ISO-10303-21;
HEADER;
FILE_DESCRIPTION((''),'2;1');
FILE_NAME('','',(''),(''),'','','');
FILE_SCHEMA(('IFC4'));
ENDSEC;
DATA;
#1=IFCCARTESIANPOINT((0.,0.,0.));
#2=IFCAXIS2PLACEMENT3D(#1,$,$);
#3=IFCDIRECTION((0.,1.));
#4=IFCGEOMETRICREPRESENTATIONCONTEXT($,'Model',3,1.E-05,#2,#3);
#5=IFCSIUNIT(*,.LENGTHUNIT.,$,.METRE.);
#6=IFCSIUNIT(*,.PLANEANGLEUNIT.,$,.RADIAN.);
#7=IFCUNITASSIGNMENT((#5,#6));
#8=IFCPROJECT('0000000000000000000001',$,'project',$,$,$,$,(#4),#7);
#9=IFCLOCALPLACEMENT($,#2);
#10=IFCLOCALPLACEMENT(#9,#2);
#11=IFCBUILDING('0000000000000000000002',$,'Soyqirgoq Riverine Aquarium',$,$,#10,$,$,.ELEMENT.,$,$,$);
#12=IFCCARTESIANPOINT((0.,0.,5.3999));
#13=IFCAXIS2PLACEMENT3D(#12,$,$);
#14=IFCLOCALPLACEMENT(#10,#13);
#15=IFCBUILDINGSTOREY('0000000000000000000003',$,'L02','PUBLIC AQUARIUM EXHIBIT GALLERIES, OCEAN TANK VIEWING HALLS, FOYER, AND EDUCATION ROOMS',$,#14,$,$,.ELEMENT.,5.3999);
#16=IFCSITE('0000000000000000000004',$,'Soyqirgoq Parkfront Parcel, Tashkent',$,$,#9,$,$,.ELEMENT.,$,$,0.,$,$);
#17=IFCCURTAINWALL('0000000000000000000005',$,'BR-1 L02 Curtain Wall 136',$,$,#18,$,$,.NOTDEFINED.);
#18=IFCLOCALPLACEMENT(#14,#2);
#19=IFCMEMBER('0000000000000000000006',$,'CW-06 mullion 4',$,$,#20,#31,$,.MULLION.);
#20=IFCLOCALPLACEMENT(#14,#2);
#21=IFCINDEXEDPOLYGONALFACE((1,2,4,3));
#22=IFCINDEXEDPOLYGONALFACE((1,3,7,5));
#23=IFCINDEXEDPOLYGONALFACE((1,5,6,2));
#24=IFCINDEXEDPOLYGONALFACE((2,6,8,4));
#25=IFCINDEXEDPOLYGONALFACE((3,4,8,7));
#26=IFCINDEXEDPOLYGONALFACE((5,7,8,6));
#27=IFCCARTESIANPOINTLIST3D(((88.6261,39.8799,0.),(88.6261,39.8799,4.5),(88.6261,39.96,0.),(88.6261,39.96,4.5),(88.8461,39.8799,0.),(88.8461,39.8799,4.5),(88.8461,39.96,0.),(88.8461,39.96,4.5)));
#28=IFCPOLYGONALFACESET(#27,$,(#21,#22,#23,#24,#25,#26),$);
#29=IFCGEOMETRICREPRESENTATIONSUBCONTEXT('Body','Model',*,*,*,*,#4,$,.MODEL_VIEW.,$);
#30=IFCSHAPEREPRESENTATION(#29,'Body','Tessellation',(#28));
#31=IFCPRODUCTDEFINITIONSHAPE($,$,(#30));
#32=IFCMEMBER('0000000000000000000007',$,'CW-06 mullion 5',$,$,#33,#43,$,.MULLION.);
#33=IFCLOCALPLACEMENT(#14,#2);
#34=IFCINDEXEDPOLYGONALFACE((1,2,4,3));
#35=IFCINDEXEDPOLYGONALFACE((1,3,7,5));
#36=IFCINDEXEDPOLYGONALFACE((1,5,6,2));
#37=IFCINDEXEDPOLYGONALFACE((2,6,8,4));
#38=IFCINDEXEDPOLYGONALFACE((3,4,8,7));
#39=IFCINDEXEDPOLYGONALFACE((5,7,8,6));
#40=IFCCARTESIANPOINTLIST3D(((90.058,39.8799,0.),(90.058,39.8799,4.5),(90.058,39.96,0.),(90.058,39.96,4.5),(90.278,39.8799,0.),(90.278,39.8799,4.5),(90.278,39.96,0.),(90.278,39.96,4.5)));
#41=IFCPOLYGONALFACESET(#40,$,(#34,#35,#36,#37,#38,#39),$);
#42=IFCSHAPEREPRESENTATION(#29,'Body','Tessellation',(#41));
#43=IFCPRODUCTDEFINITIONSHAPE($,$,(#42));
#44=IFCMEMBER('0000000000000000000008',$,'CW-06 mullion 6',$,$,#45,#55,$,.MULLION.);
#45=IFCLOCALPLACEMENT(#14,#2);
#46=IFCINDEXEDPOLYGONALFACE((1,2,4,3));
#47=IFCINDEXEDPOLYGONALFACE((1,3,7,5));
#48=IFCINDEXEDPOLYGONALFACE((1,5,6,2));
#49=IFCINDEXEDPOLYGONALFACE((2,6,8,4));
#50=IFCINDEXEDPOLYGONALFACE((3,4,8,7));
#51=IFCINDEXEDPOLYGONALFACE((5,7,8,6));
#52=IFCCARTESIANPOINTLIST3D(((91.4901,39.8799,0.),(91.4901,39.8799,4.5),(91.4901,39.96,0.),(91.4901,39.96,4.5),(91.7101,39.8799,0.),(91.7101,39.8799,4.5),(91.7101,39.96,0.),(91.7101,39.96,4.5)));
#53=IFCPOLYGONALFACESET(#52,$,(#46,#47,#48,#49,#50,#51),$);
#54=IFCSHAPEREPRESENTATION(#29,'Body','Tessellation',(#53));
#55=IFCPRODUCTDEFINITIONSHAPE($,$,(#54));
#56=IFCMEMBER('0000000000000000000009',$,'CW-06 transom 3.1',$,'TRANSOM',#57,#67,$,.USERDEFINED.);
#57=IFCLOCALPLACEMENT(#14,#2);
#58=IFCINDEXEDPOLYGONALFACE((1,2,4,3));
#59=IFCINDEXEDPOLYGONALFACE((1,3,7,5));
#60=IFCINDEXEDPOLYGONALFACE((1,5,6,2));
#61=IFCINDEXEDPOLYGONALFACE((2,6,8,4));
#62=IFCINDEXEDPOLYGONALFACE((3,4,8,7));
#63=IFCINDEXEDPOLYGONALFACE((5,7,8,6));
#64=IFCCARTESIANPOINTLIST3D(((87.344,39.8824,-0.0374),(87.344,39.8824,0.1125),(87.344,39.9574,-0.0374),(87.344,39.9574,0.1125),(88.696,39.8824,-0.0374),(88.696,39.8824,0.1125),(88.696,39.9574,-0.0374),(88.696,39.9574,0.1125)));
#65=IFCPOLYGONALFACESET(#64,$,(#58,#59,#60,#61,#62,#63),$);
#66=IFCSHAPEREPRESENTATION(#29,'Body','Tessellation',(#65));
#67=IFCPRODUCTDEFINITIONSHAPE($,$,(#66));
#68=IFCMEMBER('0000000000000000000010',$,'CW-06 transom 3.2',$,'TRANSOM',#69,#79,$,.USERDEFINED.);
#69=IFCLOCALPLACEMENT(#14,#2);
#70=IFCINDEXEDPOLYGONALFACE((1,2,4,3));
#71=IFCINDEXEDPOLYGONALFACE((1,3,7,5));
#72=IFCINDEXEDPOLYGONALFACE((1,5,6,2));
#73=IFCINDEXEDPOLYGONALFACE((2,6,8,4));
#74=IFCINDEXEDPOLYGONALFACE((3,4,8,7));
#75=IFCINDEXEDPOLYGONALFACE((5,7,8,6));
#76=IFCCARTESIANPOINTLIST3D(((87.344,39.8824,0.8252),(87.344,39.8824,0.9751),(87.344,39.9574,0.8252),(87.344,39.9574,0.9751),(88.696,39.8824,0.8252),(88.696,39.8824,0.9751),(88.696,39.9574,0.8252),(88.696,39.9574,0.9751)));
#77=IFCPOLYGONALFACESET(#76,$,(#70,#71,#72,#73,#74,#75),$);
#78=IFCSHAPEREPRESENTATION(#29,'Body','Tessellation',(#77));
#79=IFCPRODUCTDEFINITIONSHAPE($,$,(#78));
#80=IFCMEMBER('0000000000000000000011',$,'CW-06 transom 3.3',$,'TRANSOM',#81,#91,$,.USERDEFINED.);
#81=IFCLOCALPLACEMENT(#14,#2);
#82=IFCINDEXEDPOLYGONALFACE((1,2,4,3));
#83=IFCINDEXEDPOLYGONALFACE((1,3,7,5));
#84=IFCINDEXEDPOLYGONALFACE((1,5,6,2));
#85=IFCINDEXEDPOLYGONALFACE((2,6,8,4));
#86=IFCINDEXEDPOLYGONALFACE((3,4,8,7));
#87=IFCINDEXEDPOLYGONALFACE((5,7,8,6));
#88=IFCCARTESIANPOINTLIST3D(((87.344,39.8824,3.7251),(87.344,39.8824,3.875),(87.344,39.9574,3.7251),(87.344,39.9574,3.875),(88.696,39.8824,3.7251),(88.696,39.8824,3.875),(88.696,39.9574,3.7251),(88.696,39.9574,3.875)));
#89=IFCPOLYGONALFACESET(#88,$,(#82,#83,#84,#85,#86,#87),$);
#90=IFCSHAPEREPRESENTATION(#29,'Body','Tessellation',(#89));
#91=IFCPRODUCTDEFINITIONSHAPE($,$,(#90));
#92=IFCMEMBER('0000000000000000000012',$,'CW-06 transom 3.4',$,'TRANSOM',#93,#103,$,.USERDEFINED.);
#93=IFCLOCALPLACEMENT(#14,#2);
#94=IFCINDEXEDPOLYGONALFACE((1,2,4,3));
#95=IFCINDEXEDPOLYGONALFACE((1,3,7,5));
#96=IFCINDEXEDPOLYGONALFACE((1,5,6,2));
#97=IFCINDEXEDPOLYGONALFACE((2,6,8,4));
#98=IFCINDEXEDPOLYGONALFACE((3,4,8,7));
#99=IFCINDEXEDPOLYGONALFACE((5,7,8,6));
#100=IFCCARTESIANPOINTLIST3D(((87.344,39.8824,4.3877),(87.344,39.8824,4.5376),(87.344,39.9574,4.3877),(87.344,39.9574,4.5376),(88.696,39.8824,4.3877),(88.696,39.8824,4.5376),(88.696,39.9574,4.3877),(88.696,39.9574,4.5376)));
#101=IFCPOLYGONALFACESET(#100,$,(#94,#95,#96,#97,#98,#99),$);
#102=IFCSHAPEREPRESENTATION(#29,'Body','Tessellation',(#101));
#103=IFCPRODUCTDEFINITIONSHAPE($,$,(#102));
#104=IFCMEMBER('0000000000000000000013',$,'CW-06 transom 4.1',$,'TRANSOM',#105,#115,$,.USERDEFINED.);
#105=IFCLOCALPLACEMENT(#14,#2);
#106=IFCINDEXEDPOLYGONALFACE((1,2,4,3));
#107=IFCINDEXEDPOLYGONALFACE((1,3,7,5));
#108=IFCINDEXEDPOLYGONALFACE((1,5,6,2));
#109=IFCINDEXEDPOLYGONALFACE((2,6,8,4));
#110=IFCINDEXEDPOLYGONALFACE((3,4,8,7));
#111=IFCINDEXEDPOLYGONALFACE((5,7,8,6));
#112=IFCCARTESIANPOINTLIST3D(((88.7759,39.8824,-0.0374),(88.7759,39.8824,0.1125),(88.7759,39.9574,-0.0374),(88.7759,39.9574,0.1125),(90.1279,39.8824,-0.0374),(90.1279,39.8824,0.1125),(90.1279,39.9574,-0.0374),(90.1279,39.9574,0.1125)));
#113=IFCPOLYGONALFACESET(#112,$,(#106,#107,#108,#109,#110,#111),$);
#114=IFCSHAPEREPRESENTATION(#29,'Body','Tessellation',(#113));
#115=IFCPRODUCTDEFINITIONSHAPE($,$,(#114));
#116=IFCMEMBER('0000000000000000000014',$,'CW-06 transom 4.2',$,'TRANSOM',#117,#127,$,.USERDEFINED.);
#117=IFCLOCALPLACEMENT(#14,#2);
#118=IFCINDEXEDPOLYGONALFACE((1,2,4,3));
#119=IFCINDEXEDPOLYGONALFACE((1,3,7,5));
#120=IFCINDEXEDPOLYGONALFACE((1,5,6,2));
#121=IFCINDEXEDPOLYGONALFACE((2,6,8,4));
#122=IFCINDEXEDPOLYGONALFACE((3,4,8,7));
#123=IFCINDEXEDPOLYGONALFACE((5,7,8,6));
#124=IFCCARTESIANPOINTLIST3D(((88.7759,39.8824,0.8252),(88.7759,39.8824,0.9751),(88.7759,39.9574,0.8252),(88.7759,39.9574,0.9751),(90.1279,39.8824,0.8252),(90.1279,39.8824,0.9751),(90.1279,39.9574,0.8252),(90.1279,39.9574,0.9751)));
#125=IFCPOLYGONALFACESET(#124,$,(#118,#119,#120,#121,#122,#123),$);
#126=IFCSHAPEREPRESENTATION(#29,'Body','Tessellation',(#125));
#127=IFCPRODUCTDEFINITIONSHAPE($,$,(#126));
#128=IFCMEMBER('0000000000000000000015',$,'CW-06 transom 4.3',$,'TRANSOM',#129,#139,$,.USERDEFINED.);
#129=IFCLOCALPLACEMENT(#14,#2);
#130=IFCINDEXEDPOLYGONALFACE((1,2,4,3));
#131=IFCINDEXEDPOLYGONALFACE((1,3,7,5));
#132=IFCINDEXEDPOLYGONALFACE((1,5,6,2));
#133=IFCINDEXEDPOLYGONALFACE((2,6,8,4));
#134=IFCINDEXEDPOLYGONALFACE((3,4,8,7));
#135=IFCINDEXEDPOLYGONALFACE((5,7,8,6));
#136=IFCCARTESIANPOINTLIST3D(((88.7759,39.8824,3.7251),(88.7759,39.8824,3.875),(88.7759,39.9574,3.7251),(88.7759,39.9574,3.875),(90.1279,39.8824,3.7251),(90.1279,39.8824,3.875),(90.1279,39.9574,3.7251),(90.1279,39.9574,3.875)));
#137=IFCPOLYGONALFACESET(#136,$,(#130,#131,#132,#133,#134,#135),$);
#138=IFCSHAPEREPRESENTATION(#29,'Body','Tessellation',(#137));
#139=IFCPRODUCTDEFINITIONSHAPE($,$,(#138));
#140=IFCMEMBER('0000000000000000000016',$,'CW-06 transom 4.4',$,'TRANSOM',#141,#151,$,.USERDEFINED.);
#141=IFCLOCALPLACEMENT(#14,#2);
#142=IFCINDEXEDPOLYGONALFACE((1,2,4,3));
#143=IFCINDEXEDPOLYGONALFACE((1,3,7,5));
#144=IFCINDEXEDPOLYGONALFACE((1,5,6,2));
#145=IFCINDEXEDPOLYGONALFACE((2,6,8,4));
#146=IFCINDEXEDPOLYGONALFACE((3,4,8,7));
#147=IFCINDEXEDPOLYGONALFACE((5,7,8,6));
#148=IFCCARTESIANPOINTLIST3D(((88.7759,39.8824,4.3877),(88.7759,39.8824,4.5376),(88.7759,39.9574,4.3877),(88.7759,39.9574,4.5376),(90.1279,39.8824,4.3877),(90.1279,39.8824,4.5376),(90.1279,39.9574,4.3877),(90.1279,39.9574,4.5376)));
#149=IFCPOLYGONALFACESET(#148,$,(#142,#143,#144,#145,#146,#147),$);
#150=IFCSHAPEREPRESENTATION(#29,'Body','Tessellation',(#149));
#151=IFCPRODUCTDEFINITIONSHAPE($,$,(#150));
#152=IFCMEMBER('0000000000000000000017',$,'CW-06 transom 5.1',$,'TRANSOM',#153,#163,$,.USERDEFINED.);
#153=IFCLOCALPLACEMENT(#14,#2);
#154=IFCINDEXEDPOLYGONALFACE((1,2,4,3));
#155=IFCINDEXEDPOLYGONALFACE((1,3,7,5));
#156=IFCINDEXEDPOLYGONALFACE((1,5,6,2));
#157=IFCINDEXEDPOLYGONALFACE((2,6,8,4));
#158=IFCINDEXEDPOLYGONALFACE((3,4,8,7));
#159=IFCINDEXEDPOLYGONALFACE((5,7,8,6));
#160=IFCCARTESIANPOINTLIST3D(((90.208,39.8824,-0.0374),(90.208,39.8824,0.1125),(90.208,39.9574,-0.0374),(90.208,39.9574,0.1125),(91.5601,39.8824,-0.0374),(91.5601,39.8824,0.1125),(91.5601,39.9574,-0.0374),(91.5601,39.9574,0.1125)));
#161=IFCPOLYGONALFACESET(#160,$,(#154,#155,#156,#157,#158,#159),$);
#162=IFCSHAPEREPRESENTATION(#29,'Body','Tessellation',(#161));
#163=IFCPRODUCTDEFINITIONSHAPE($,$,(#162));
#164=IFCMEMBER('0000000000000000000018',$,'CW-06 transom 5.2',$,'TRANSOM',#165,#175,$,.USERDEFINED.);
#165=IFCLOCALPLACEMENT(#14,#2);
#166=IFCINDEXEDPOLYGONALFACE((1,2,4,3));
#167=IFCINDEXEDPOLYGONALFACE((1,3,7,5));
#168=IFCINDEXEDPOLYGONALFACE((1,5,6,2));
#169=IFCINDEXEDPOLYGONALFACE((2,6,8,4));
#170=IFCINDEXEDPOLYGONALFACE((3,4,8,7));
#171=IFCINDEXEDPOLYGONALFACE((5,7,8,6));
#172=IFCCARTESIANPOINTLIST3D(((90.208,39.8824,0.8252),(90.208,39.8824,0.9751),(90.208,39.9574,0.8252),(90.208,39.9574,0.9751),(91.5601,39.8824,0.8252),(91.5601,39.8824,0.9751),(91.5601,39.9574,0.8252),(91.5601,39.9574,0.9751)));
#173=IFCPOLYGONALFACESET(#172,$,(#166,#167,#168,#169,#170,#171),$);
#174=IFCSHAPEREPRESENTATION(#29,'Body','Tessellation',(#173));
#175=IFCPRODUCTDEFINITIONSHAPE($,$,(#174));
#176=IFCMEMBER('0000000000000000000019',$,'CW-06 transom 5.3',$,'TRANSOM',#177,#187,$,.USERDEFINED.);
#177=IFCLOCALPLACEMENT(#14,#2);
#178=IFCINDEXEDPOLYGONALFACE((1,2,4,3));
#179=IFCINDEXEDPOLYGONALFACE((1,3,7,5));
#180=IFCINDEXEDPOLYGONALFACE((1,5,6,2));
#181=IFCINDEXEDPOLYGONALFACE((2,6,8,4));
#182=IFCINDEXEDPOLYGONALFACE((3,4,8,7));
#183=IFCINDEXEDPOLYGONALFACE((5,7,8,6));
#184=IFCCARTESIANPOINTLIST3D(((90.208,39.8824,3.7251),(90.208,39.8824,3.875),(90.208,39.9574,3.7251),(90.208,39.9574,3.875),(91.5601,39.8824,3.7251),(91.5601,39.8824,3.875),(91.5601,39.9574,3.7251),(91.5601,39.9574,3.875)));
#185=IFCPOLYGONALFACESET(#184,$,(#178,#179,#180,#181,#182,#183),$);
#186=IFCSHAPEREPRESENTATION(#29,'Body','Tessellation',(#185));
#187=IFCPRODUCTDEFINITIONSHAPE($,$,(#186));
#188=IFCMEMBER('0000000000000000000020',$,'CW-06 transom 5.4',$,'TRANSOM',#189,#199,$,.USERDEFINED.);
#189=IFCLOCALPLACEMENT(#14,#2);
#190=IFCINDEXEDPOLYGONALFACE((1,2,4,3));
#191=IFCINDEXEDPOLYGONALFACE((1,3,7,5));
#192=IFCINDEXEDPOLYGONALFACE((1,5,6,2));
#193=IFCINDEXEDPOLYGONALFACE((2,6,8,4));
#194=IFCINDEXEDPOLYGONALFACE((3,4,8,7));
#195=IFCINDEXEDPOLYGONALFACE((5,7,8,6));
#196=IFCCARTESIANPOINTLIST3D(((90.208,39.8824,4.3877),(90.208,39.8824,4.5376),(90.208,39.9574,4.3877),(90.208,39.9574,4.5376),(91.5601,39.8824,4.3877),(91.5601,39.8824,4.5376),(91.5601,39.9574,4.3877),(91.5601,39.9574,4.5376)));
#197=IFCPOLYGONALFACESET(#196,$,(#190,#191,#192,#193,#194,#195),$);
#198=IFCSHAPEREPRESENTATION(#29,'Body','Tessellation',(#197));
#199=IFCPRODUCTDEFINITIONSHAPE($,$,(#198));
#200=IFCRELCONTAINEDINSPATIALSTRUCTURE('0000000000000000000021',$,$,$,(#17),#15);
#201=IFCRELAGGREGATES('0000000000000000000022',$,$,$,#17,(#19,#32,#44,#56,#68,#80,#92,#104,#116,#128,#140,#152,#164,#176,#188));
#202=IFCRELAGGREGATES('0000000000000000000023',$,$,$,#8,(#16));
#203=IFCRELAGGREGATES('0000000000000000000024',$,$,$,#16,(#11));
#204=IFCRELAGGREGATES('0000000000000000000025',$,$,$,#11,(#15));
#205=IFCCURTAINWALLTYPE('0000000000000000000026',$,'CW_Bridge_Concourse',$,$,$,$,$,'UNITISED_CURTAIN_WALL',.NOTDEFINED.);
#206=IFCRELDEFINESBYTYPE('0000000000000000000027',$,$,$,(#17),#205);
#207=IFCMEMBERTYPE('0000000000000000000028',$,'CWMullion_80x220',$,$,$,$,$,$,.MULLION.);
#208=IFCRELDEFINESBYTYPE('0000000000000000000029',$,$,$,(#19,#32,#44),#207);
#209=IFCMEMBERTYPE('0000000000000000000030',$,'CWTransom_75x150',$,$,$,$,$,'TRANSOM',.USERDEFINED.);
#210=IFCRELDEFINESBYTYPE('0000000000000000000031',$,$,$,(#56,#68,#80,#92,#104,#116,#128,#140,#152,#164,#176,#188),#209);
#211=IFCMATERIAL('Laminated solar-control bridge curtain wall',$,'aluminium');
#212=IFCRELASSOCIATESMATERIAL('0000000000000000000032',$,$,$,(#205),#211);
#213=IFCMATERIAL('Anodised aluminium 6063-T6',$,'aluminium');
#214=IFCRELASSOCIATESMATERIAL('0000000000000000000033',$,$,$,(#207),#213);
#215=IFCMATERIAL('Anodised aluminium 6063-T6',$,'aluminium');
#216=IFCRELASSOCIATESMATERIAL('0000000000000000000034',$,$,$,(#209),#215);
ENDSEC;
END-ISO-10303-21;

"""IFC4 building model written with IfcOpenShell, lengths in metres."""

from ifc_helpers import new_model, si_unit, direction, frame, origin, origin_2d, place, context, subcontext, project, spatial, rectangle, extrude, material, material_profile, profile_set, type_object, element, aggregate, save


model = new_model("IFC4")

# Units and contexts
model_context = context("Model", 3, precision=1e-05, world=origin(), true_north=direction((0.0, 1.0)))
body_context = subcontext(model_context, "Body", "Model", "MODEL_VIEW")
ifc_project = project(units=[si_unit("LENGTHUNIT", "METRE"), si_unit("PLANEANGLEUNIT", "RADIAN")], contexts=[model_context])

# Site, building, storey
site_placement = place(None, origin())
site = spatial("IfcSite", under=ifc_project, at=site_placement, Name="Soyqirgoq Parkfront Parcel, Tashkent", CompositionType="ELEMENT", RefElevation=0.0)
building_placement = place(site_placement, origin())
building = spatial("IfcBuilding", under=site, at=building_placement, Name="Soyqirgoq Riverine Aquarium", CompositionType="ELEMENT")
storey_placement = place(building_placement, frame((0.0, 0.0, 5.3999)))
storey = spatial("IfcBuildingStorey", under=building, at=storey_placement, Name="L02", Description="PUBLIC AQUARIUM EXHIBIT GALLERIES, OCEAN TANK VIEWING HALLS, FOYER, AND EDUCATION ROOMS", CompositionType="ELEMENT", Elevation=5.3999)

# Curtain wall, members
ifc_material_1 = material(Name="Laminated solar-control bridge curtain wall", Category="aluminium")
curtain_wall_type = type_object("IfcCurtainWallType", Name="CW_Bridge_Concourse", ElementType="UNITISED_CURTAIN_WALL", PredefinedType="NOTDEFINED", material=ifc_material_1)
curtain_wall_placement = place(storey_placement, origin())
curtain_wall = element("IfcCurtainWall", 1, at=curtain_wall_placement, inside=storey, type_object=curtain_wall_type, Name="BR-1 L02 Curtain Wall 136", PredefinedType="NOTDEFINED")
ifc_material_2 = material(Name="Anodised aluminium 6063-T6", Category="aluminium")
ifc_material_profile_1 = material_profile(ifc_material_2, rectangle(XDim=0.0801, YDim=0.22, at=origin_2d()), Name="ALU-M 80x220")
ifc_profile_set_1 = profile_set([ifc_material_profile_1], Name="Anodised aluminium 6063-T6")
member_type_1 = type_object("IfcMemberType", Name="CWMullion_80x220", PredefinedType="MULLION", material=ifc_profile_set_1)
member_1_placement = place(storey_placement, frame((88.7361, 39.9199, 0.0), z_axis=(0.0, 0.0, 1.0), x_axis=(0.0, 1.0, 0.0)))
member_1 = element("IfcMember", 2, at=member_1_placement, type_object=member_type_1, Name="CW-06 mullion 4", PredefinedType="MULLION", context=body_context, shape_type="SweptSolid", body=[
    extrude(rectangle(XDim=0.0801, YDim=0.22, at=origin_2d()), origin(), (0.0, 0.0, 1.0), 4.5),
])
member_2_placement = place(storey_placement, frame((90.168, 39.9199, 0.0), z_axis=(0.0, 0.0, 1.0), x_axis=(0.0, 1.0, 0.0)))
member_2 = element("IfcMember", 3, at=member_2_placement, type_object=member_type_1, Name="CW-06 mullion 5", PredefinedType="MULLION", context=body_context, shape_type="SweptSolid", body=[
    extrude(rectangle(XDim=0.0801, YDim=0.22, at=origin_2d()), origin(), (0.0, 0.0, 1.0), 4.5),
])
member_3_placement = place(storey_placement, frame((91.6001, 39.9199, 0.0), z_axis=(0.0, 0.0, 1.0), x_axis=(0.0, 1.0, 0.0)))
member_3 = element("IfcMember", 4, at=member_3_placement, type_object=member_type_1, Name="CW-06 mullion 6", PredefinedType="MULLION", context=body_context, shape_type="SweptSolid", body=[
    extrude(rectangle(XDim=0.0801, YDim=0.22, at=origin_2d()), origin(), (0.0, 0.0, 1.0), 4.5),
])
ifc_material_3 = material(Name="Anodised aluminium 6063-T6", Category="aluminium")
ifc_material_profile_2 = material_profile(ifc_material_3, rectangle(XDim=0.075, YDim=0.1499, at=origin_2d()), Name="ALU-T 75x150")
ifc_profile_set_2 = profile_set([ifc_material_profile_2], Name="Anodised aluminium 6063-T6")
member_type_2 = type_object("IfcMemberType", Name="CWTransom_75x150", ElementType="TRANSOM", PredefinedType="USERDEFINED", material=ifc_profile_set_2)
member_4_placement = place(storey_placement, frame((87.344, 39.9199, 0.0376), z_axis=(1.0, 0.0, 0.0), x_axis=(0.0, 1.0, 0.0)))
member_4 = element("IfcMember", 5, at=member_4_placement, type_object=member_type_2, Name="CW-06 transom 3.1", ObjectType="TRANSOM", PredefinedType="USERDEFINED", context=body_context, shape_type="SweptSolid", body=[
    extrude(rectangle(XDim=0.075, YDim=0.1499, at=origin_2d()), origin(), (0.0, 0.0, 1.0), 1.3521),
])
member_5_placement = place(storey_placement, frame((87.344, 39.9199, 0.9001), z_axis=(1.0, 0.0, 0.0), x_axis=(0.0, 1.0, 0.0)))
member_5 = element("IfcMember", 6, at=member_5_placement, type_object=member_type_2, Name="CW-06 transom 3.2", ObjectType="TRANSOM", PredefinedType="USERDEFINED", context=body_context, shape_type="SweptSolid", body=[
    extrude(rectangle(XDim=0.075, YDim=0.1499, at=origin_2d()), origin(), (0.0, 0.0, 1.0), 1.3521),
])
member_6_placement = place(storey_placement, frame((87.344, 39.9199, 3.8), z_axis=(1.0, 0.0, 0.0), x_axis=(0.0, 1.0, 0.0)))
member_6 = element("IfcMember", 7, at=member_6_placement, type_object=member_type_2, Name="CW-06 transom 3.3", ObjectType="TRANSOM", PredefinedType="USERDEFINED", context=body_context, shape_type="SweptSolid", body=[
    extrude(rectangle(XDim=0.075, YDim=0.1499, at=origin_2d()), origin(), (0.0, 0.0, 1.0), 1.3521),
])
member_7_placement = place(storey_placement, frame((87.344, 39.9199, 4.4626), z_axis=(1.0, 0.0, 0.0), x_axis=(0.0, 1.0, 0.0)))
member_7 = element("IfcMember", 8, at=member_7_placement, type_object=member_type_2, Name="CW-06 transom 3.4", ObjectType="TRANSOM", PredefinedType="USERDEFINED", context=body_context, shape_type="SweptSolid", body=[
    extrude(rectangle(XDim=0.075, YDim=0.1499, at=origin_2d()), origin(), (0.0, 0.0, 1.0), 1.3521),
])
member_8_placement = place(storey_placement, frame((88.7759, 39.9199, 0.0376), z_axis=(1.0, 0.0, 0.0), x_axis=(0.0, 1.0, 0.0)))
member_8 = element("IfcMember", 9, at=member_8_placement, type_object=member_type_2, Name="CW-06 transom 4.1", ObjectType="TRANSOM", PredefinedType="USERDEFINED", context=body_context, shape_type="SweptSolid", body=[
    extrude(rectangle(XDim=0.075, YDim=0.1499, at=origin_2d()), origin(), (0.0, 0.0, 1.0), 1.3521),
])
member_9_placement = place(storey_placement, frame((88.7759, 39.9199, 0.9001), z_axis=(1.0, 0.0, 0.0), x_axis=(0.0, 1.0, 0.0)))
member_9 = element("IfcMember", 10, at=member_9_placement, type_object=member_type_2, Name="CW-06 transom 4.2", ObjectType="TRANSOM", PredefinedType="USERDEFINED", context=body_context, shape_type="SweptSolid", body=[
    extrude(rectangle(XDim=0.075, YDim=0.1499, at=origin_2d()), origin(), (0.0, 0.0, 1.0), 1.3521),
])
member_10_placement = place(storey_placement, frame((88.7759, 39.9199, 3.8), z_axis=(1.0, 0.0, 0.0), x_axis=(0.0, 1.0, 0.0)))
member_10 = element("IfcMember", 11, at=member_10_placement, type_object=member_type_2, Name="CW-06 transom 4.3", ObjectType="TRANSOM", PredefinedType="USERDEFINED", context=body_context, shape_type="SweptSolid", body=[
    extrude(rectangle(XDim=0.075, YDim=0.1499, at=origin_2d()), origin(), (0.0, 0.0, 1.0), 1.3521),
])
member_11_placement = place(storey_placement, frame((88.7759, 39.9199, 4.4626), z_axis=(1.0, 0.0, 0.0), x_axis=(0.0, 1.0, 0.0)))
member_11 = element("IfcMember", 12, at=member_11_placement, type_object=member_type_2, Name="CW-06 transom 4.4", ObjectType="TRANSOM", PredefinedType="USERDEFINED", context=body_context, shape_type="SweptSolid", body=[
    extrude(rectangle(XDim=0.075, YDim=0.1499, at=origin_2d()), origin(), (0.0, 0.0, 1.0), 1.3521),
])
member_12_placement = place(storey_placement, frame((90.208, 39.9199, 0.0376), z_axis=(1.0, 0.0, 0.0), x_axis=(0.0, 1.0, 0.0)))
member_12 = element("IfcMember", 13, at=member_12_placement, type_object=member_type_2, Name="CW-06 transom 5.1", ObjectType="TRANSOM", PredefinedType="USERDEFINED", context=body_context, shape_type="SweptSolid", body=[
    extrude(rectangle(XDim=0.075, YDim=0.1499, at=origin_2d()), origin(), (0.0, 0.0, 1.0), 1.3521),
])
member_13_placement = place(storey_placement, frame((90.208, 39.9199, 0.9001), z_axis=(1.0, 0.0, 0.0), x_axis=(0.0, 1.0, 0.0)))
member_13 = element("IfcMember", 14, at=member_13_placement, type_object=member_type_2, Name="CW-06 transom 5.2", ObjectType="TRANSOM", PredefinedType="USERDEFINED", context=body_context, shape_type="SweptSolid", body=[
    extrude(rectangle(XDim=0.075, YDim=0.1499, at=origin_2d()), origin(), (0.0, 0.0, 1.0), 1.3521),
])
member_14_placement = place(storey_placement, frame((90.208, 39.9199, 3.8), z_axis=(1.0, 0.0, 0.0), x_axis=(0.0, 1.0, 0.0)))
member_14 = element("IfcMember", 15, at=member_14_placement, type_object=member_type_2, Name="CW-06 transom 5.3", ObjectType="TRANSOM", PredefinedType="USERDEFINED", context=body_context, shape_type="SweptSolid", body=[
    extrude(rectangle(XDim=0.075, YDim=0.1499, at=origin_2d()), origin(), (0.0, 0.0, 1.0), 1.3521),
])
member_15_placement = place(storey_placement, frame((90.208, 39.9199, 4.4626), z_axis=(1.0, 0.0, 0.0), x_axis=(0.0, 1.0, 0.0)))
member_15 = element("IfcMember", 16, at=member_15_placement, type_object=member_type_2, Name="CW-06 transom 5.4", ObjectType="TRANSOM", PredefinedType="USERDEFINED", context=body_context, shape_type="SweptSolid", body=[
    extrude(rectangle(XDim=0.075, YDim=0.1499, at=origin_2d()), origin(), (0.0, 0.0, 1.0), 1.3521),
])
aggregate(curtain_wall, [member_1, member_2, member_3, member_4, member_5, member_6, member_7, member_8, member_9, member_10, member_11, member_12, member_13, member_14, member_15])

save(model, "model.ifc")
